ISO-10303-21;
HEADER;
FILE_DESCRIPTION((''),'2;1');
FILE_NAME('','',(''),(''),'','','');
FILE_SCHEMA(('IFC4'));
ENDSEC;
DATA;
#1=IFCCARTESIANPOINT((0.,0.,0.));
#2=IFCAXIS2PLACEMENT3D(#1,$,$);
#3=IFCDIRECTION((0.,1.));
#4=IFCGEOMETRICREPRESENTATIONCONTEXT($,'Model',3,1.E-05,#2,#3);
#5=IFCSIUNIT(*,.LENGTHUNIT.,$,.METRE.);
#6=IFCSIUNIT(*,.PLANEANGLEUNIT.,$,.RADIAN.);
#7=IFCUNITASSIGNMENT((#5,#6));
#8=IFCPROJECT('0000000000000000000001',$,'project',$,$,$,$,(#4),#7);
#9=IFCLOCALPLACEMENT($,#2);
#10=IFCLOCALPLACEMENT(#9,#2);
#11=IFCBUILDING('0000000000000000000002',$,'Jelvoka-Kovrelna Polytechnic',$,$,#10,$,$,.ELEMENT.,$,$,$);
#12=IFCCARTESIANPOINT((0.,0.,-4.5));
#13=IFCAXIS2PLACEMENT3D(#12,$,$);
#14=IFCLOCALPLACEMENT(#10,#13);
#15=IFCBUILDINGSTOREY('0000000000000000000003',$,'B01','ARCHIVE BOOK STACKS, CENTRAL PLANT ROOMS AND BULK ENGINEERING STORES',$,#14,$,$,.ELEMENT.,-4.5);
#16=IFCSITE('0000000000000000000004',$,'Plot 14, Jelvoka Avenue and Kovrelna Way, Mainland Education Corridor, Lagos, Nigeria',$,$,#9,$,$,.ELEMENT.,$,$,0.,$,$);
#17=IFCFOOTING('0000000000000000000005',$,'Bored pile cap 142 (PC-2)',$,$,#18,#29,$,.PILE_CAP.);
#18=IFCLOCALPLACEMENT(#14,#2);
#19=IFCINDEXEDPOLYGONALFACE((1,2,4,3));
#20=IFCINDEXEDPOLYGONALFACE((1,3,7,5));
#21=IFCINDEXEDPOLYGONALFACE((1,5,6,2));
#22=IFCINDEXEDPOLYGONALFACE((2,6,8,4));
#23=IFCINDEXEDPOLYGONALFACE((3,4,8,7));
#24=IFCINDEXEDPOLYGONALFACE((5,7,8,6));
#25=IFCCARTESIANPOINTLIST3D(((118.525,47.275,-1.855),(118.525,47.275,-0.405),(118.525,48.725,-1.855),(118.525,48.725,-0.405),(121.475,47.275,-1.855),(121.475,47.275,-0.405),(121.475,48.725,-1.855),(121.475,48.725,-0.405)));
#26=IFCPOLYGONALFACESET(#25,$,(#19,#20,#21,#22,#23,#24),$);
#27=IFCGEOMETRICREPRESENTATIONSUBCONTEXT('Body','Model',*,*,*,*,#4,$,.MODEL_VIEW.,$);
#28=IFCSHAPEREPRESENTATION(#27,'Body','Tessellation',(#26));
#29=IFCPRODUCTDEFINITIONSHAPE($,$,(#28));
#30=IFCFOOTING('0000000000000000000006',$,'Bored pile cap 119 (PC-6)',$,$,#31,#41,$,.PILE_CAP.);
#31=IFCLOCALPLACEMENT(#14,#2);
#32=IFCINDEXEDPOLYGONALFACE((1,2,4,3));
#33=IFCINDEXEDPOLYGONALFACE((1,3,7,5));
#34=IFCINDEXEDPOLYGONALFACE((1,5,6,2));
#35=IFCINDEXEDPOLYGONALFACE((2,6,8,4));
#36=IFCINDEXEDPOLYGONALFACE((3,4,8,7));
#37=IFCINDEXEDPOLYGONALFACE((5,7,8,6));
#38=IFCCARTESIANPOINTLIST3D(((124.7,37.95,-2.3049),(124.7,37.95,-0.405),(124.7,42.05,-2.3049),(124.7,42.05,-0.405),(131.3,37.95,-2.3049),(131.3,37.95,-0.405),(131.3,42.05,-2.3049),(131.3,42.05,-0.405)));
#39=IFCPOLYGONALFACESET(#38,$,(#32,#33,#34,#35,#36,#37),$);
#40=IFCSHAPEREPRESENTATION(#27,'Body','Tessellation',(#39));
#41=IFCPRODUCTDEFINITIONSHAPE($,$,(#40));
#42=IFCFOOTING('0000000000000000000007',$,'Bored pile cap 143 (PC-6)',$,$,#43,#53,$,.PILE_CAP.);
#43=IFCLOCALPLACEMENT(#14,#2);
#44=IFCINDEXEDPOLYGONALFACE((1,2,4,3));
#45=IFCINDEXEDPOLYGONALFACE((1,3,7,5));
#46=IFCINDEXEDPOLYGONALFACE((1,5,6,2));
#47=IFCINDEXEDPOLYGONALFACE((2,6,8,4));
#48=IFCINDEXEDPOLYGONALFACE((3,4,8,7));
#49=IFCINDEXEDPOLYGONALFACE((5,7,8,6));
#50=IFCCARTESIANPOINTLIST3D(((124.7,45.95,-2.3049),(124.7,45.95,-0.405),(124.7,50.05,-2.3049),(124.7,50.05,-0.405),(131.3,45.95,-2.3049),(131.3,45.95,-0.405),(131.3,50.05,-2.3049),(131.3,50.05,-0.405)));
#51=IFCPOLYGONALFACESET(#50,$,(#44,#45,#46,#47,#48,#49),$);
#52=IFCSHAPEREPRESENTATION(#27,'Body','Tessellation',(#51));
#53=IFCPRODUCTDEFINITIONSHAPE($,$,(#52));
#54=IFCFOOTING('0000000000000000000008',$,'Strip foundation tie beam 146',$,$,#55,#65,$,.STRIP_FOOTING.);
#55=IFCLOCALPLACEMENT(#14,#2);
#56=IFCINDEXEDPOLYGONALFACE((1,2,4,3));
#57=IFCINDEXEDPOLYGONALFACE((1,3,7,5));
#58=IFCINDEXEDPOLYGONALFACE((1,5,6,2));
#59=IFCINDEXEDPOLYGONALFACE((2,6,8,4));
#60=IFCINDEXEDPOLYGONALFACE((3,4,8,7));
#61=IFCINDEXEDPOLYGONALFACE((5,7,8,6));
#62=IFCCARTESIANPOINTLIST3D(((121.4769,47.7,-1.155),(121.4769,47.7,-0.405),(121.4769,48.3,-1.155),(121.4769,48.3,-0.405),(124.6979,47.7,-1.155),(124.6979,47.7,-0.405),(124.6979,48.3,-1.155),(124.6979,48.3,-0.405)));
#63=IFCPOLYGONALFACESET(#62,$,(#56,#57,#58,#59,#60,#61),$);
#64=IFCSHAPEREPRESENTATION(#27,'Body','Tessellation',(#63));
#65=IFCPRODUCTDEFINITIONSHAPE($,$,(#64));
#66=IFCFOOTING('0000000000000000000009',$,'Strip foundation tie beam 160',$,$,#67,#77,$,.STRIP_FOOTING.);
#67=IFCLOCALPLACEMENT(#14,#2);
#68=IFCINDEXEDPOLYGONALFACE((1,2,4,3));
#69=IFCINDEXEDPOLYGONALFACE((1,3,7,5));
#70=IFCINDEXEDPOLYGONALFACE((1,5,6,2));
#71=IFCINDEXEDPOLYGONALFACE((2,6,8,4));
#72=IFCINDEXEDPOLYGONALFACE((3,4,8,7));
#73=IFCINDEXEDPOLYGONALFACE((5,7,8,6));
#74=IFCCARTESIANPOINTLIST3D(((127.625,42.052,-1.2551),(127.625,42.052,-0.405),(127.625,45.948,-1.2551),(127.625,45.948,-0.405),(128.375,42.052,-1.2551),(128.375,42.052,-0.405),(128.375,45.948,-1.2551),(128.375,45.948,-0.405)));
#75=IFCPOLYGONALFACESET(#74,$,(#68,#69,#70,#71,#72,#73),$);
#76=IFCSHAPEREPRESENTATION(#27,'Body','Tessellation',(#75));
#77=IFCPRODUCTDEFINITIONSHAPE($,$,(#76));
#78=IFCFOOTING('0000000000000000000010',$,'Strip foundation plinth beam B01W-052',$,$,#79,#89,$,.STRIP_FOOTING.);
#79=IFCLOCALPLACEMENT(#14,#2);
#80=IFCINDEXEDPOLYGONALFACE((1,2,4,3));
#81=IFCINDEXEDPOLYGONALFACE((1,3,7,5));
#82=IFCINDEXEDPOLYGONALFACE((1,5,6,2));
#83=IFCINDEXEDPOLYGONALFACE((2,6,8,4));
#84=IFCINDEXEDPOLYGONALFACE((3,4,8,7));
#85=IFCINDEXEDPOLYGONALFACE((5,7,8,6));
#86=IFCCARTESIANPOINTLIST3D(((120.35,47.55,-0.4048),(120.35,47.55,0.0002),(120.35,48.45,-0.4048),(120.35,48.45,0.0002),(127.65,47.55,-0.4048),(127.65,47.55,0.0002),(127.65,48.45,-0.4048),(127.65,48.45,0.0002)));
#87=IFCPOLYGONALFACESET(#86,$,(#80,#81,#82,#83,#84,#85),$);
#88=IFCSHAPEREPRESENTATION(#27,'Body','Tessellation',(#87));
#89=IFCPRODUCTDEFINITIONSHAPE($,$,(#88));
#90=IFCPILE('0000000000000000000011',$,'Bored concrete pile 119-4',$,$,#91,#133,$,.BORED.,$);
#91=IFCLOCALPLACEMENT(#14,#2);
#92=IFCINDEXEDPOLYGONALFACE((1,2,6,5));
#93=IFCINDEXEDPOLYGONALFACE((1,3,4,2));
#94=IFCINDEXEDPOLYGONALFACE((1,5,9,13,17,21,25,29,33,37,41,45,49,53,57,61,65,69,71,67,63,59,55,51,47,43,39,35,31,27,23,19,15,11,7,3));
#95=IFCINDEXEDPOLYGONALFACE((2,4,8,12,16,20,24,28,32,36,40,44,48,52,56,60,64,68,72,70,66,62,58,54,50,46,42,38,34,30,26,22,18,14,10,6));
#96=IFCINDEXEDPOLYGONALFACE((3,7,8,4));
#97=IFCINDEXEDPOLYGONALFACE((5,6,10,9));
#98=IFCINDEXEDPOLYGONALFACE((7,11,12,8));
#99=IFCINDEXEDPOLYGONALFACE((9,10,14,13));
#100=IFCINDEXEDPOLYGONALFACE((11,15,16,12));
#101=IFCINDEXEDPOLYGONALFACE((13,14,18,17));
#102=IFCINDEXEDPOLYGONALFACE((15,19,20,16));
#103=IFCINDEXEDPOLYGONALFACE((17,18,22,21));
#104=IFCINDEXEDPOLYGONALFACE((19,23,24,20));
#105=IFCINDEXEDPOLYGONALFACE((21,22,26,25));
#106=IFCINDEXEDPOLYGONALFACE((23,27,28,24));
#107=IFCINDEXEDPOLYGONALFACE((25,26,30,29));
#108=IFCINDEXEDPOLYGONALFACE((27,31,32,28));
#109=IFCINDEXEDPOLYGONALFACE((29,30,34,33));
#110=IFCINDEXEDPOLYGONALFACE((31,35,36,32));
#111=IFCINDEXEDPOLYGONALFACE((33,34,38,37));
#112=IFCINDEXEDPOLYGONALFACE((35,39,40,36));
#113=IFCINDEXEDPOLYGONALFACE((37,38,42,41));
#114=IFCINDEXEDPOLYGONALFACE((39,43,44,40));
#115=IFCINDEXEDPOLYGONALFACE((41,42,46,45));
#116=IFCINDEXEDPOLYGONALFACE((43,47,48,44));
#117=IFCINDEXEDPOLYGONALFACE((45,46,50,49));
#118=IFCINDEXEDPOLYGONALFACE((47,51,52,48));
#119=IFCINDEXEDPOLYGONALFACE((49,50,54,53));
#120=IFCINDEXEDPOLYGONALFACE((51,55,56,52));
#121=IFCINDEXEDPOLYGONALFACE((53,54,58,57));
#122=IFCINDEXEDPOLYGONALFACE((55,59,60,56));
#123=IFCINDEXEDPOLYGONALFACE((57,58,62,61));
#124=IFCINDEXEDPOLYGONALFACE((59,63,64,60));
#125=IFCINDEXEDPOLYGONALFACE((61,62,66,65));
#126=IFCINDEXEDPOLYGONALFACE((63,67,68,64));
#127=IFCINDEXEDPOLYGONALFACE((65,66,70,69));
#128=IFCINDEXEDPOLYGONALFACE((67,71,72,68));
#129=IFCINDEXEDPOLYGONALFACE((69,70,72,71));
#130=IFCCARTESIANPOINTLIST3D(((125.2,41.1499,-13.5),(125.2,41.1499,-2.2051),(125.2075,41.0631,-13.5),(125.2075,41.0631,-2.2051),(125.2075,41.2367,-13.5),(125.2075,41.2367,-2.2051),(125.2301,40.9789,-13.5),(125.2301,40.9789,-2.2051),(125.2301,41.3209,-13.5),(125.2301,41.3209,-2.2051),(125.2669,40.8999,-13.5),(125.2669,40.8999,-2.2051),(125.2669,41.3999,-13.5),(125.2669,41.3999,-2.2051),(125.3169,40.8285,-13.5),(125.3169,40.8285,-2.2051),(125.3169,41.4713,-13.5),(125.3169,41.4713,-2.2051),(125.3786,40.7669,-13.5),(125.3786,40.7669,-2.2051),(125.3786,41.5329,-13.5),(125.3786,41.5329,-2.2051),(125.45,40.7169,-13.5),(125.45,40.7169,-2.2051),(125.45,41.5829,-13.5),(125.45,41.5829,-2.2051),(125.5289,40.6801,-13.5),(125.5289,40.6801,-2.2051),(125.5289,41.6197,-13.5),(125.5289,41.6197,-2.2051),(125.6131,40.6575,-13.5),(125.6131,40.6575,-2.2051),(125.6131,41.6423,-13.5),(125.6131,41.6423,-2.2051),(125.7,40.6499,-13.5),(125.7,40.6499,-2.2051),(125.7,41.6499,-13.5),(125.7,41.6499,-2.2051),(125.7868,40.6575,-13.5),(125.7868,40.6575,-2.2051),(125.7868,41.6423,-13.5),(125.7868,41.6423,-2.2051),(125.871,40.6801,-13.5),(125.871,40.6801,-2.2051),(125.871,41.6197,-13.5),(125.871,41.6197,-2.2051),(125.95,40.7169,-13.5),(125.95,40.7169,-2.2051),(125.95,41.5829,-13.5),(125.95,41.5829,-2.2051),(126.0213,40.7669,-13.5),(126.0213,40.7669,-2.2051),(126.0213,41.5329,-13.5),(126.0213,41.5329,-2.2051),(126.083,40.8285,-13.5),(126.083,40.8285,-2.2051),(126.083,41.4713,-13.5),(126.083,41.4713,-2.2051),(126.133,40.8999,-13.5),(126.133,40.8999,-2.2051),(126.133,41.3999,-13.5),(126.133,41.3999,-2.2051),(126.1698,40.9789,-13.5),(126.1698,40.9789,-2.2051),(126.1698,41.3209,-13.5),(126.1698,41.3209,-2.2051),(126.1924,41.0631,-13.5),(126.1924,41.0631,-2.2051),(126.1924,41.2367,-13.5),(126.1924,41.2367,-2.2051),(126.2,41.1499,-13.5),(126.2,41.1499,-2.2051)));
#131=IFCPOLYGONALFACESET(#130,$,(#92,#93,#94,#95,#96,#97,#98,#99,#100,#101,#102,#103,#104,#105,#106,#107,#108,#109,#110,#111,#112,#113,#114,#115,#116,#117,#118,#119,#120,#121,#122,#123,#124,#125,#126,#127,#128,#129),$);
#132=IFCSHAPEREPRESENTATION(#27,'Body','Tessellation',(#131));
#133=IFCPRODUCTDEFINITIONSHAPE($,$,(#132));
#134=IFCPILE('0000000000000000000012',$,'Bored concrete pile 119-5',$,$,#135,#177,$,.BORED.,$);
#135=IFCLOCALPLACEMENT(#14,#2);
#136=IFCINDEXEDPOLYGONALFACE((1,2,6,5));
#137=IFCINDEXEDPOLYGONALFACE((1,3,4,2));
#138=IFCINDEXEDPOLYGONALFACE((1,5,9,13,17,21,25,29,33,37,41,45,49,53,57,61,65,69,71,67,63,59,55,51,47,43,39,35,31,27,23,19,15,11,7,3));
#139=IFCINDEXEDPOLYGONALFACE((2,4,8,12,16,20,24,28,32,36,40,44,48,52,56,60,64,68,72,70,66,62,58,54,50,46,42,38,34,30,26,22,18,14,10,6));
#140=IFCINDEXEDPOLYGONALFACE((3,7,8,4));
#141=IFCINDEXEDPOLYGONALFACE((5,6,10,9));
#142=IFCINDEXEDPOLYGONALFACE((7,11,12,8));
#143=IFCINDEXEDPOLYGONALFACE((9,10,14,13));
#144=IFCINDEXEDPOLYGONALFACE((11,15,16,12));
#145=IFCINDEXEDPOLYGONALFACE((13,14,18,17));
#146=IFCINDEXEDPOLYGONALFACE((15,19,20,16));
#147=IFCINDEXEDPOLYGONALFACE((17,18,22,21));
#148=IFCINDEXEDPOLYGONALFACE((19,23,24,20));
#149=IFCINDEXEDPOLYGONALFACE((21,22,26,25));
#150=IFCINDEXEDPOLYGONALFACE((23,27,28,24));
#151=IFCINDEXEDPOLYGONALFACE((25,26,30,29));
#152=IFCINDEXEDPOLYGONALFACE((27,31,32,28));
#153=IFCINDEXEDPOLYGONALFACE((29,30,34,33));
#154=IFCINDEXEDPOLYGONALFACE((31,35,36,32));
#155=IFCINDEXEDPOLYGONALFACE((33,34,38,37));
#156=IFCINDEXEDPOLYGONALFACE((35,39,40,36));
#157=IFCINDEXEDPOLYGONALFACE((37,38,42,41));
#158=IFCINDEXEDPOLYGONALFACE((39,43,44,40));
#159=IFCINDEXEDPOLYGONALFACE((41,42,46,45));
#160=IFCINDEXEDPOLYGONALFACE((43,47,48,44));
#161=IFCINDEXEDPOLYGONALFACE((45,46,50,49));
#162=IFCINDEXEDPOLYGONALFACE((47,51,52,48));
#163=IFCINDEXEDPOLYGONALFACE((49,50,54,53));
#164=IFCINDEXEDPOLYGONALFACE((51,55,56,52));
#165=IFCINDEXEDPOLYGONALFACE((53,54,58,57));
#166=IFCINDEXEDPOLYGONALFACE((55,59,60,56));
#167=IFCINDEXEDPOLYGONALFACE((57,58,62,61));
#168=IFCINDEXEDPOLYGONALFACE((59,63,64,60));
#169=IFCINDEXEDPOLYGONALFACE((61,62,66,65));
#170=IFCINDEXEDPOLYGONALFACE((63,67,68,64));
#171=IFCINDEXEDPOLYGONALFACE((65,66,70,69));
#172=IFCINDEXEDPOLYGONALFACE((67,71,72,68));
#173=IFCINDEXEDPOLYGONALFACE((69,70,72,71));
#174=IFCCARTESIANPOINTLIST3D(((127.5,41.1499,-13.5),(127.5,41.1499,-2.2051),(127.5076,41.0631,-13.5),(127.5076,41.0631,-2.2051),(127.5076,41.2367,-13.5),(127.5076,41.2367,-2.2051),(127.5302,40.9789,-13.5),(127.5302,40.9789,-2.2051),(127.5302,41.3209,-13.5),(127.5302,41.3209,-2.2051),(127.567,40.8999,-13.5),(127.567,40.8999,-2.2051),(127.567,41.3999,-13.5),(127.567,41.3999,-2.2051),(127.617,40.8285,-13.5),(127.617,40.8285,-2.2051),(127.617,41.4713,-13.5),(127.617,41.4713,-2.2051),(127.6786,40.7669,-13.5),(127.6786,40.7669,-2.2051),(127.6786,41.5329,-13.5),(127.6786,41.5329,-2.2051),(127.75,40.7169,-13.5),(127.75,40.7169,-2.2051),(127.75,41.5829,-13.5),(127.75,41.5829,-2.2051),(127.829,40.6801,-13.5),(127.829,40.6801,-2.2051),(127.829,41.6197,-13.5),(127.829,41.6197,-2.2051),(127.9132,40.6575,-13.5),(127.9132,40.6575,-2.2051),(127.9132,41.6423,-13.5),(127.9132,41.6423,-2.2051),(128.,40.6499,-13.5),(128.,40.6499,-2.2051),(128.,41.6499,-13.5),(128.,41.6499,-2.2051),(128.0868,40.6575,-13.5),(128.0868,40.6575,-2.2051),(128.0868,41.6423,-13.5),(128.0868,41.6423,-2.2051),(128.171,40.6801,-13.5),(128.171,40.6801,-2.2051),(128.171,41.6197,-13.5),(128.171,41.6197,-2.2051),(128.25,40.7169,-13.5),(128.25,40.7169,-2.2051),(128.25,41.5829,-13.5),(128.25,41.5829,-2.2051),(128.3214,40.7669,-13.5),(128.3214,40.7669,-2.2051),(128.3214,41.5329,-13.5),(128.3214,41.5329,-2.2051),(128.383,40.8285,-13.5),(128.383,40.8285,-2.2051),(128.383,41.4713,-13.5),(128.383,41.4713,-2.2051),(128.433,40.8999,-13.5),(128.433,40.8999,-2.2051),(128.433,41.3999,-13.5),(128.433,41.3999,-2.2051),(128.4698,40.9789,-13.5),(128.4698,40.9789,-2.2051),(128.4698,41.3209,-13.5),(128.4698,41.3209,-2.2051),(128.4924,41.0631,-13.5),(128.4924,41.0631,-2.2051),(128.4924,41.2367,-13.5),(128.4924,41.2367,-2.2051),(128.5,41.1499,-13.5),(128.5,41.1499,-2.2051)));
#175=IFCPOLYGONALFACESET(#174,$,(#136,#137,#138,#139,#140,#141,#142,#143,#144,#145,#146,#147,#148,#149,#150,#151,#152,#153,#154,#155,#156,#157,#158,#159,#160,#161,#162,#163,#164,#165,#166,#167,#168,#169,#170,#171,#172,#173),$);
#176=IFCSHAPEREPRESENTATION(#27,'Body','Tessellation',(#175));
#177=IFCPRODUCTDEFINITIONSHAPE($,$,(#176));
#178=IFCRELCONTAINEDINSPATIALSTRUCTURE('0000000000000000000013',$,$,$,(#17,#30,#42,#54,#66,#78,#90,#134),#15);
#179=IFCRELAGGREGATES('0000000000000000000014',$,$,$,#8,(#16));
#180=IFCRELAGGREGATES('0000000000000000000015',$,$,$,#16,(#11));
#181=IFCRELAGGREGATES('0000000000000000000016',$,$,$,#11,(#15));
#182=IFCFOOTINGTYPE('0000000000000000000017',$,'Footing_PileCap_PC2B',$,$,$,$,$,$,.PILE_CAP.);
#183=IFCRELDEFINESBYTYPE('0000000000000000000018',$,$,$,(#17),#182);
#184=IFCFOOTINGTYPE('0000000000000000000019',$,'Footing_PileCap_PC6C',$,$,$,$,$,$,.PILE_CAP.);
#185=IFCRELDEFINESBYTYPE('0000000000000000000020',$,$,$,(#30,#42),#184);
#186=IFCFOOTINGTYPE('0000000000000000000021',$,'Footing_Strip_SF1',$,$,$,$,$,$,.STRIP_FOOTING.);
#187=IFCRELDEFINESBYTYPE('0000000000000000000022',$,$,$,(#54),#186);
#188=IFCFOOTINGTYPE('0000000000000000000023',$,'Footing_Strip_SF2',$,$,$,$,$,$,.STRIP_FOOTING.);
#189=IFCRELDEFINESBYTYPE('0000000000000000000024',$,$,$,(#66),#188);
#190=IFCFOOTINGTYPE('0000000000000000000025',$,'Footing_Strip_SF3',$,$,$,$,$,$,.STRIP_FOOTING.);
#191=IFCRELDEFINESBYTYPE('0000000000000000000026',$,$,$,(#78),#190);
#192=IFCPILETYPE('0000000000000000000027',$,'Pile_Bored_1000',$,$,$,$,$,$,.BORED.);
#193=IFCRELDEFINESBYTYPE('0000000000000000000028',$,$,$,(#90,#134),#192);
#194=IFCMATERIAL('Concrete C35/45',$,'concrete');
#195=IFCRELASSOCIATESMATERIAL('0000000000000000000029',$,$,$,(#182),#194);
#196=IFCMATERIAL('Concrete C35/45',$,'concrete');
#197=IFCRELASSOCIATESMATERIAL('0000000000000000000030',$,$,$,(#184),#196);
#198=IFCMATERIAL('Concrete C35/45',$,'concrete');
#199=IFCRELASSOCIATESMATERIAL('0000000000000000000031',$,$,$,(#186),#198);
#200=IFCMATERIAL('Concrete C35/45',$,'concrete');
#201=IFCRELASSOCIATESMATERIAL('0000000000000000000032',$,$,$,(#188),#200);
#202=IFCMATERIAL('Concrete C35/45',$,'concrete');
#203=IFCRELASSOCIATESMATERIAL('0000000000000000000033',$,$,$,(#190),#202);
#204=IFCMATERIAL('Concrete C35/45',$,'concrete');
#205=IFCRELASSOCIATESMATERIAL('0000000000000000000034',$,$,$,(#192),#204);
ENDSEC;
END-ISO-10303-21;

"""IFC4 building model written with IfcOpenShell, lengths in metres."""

from ifc_helpers import new_model, si_unit, direction, frame, origin, origin_2d, place, context, subcontext, project, spatial, rectangle, circle, extrude, material, material_profile, profile_set, type_object, element, save


model = new_model("IFC4")

# Units and contexts
model_context = context("Model", 3, precision=1e-05, world=origin(), true_north=direction((0.0, 1.0)))
body_context = subcontext(model_context, "Body", "Model", "MODEL_VIEW")
ifc_project = project(units=[si_unit("LENGTHUNIT", "METRE"), si_unit("PLANEANGLEUNIT", "RADIAN")], contexts=[model_context])

# Site, building, storey
site_placement = place(None, origin())
site = spatial("IfcSite", under=ifc_project, at=site_placement, Name="Plot 14, Jelvoka Avenue and Kovrelna Way, Mainland Education Corridor, Lagos, Nigeria", CompositionType="ELEMENT", RefElevation=0.0)
building_placement = place(site_placement, origin())
building = spatial("IfcBuilding", under=site, at=building_placement, Name="Jelvoka-Kovrelna Polytechnic", CompositionType="ELEMENT")
storey_placement = place(building_placement, frame((0.0, 0.0, -4.5)))
storey = spatial("IfcBuildingStorey", under=building, at=storey_placement, Name="B01", Description="ARCHIVE BOOK STACKS, CENTRAL PLANT ROOMS AND BULK ENGINEERING STORES", CompositionType="ELEMENT", Elevation=-4.5)

# Footings
ifc_material_1 = material(Name="Concrete C35/45", Category="concrete")
footing_type_1 = type_object("IfcFootingType", Name="Footing_PileCap_PC2B", PredefinedType="PILE_CAP", material=ifc_material_1)
footing_1_placement = place(storey_placement, frame((120.0, 48.0, -1.855), z_axis=(0.0, 0.0, 1.0), x_axis=(1.0, 0.0, 0.0)))
element("IfcFooting", 1, at=footing_1_placement, inside=storey, type_object=footing_type_1, Name="Bored pile cap 142 (PC-2)", PredefinedType="PILE_CAP", context=body_context, shape_type="SweptSolid", body=[
    extrude(rectangle(XDim=2.95, YDim=1.45, at=origin_2d()), origin(), (0.0, 0.0, 1.0), 1.45),
])
ifc_material_2 = material(Name="Concrete C35/45", Category="concrete")
footing_type_2 = type_object("IfcFootingType", Name="Footing_PileCap_PC6C", PredefinedType="PILE_CAP", material=ifc_material_2)
for number, where, z_axis, x_axis, name in (
    (2, (128.0, 40.0, -2.3049), (0.0, 0.0, 1.0), (1.0, 0.0, 0.0), "Bored pile cap 119 (PC-6)"),
    (3, (128.0, 48.0, -2.3049), (0.0, 0.0, 1.0), (1.0, 0.0, 0.0), "Bored pile cap 143 (PC-6)"),
):
    element("IfcFooting", number, at=place(storey_placement, frame(where, z_axis=z_axis, x_axis=x_axis)), inside=storey, type_object=footing_type_2, Name=name, PredefinedType="PILE_CAP", context=body_context, shape_type="SweptSolid", body=[
        extrude(rectangle(XDim=6.6001, YDim=4.1001, at=origin_2d()), origin(), (0.0, 0.0, 1.0), 1.8999),
    ])
ifc_material_3 = material(Name="Concrete C35/45", Category="concrete")
footing_type_3 = type_object("IfcFootingType", Name="Footing_Strip_SF1", PredefinedType="STRIP_FOOTING", material=ifc_material_3)
footing_2_placement = place(storey_placement, frame((123.0874, 48.0, -1.155), z_axis=(0.0, 0.0, 1.0), x_axis=(1.0, 0.0, 0.0)))
element("IfcFooting", 4, at=footing_2_placement, inside=storey, type_object=footing_type_3, Name="Strip foundation tie beam 146", PredefinedType="STRIP_FOOTING", context=body_context, shape_type="SweptSolid", body=[
    extrude(rectangle(XDim=3.2209, YDim=0.6001, at=origin_2d()), origin(), (0.0, 0.0, 1.0), 0.75),
])
ifc_material_4 = material(Name="Concrete C35/45", Category="concrete")
footing_type_4 = type_object("IfcFootingType", Name="Footing_Strip_SF2", PredefinedType="STRIP_FOOTING", material=ifc_material_4)
footing_3_placement = place(storey_placement, frame((128.0, 44.0, -1.2551), z_axis=(0.0, 0.0, 1.0), x_axis=(0.0, 1.0, 0.0)))
element("IfcFooting", 5, at=footing_3_placement, inside=storey, type_object=footing_type_4, Name="Strip foundation tie beam 160", PredefinedType="STRIP_FOOTING", context=body_context, shape_type="SweptSolid", body=[
    extrude(rectangle(XDim=3.896, YDim=0.75, at=origin_2d()), origin(), (0.0, 0.0, 1.0), 0.8501),
])
ifc_material_5 = material(Name="Concrete C35/45", Category="concrete")
footing_type_5 = type_object("IfcFootingType", Name="Footing_Strip_SF3", PredefinedType="STRIP_FOOTING", material=ifc_material_5)
footing_4_placement = place(storey_placement, frame((124.0, 48.0, -0.4048), z_axis=(0.0, 0.0, 1.0), x_axis=(1.0, 0.0, 0.0)))
element("IfcFooting", 6, at=footing_4_placement, inside=storey, type_object=footing_type_5, Name="Strip foundation plinth beam B01W-052", PredefinedType="STRIP_FOOTING", context=body_context, shape_type="SweptSolid", body=[
    extrude(rectangle(XDim=7.3, YDim=0.8999, at=origin_2d()), origin(), (0.0, 0.0, 1.0), 0.405),
])

# Piles
ifc_material_6 = material(Name="Concrete C35/45", Category="concrete")
ifc_material_profile_1 = material_profile(ifc_material_6, circle(Radius=0.5, at=origin_2d()), Name="PILE D1000")
ifc_profile_set_1 = profile_set([ifc_material_profile_1], Name="Concrete C35/45")
pile_type_1 = type_object("IfcPileType", Name="Pile_Bored_1000", PredefinedType="BORED", material=ifc_profile_set_1)
for number, where, z_axis, x_axis, name in (
    (7, (125.7, 41.1499, -2.2051), (0.0, 0.0, -1.0), (1.0, 0.0, 0.0), "Bored concrete pile 119-4"),
    (8, (128.0, 41.1499, -2.2051), (0.0, 0.0, -1.0), (1.0, 0.0, 0.0), "Bored concrete pile 119-5"),
):
    element("IfcPile", number, at=place(storey_placement, frame(where, z_axis=z_axis, x_axis=x_axis)), inside=storey, type_object=pile_type_1, Name=name, PredefinedType="BORED", context=body_context, shape_type="SweptSolid", body=[
        extrude(circle(Radius=0.5, at=origin_2d()), origin(), (0.0, 0.0, 1.0), 11.2949),
    ])

save(model, "model.ifc")
